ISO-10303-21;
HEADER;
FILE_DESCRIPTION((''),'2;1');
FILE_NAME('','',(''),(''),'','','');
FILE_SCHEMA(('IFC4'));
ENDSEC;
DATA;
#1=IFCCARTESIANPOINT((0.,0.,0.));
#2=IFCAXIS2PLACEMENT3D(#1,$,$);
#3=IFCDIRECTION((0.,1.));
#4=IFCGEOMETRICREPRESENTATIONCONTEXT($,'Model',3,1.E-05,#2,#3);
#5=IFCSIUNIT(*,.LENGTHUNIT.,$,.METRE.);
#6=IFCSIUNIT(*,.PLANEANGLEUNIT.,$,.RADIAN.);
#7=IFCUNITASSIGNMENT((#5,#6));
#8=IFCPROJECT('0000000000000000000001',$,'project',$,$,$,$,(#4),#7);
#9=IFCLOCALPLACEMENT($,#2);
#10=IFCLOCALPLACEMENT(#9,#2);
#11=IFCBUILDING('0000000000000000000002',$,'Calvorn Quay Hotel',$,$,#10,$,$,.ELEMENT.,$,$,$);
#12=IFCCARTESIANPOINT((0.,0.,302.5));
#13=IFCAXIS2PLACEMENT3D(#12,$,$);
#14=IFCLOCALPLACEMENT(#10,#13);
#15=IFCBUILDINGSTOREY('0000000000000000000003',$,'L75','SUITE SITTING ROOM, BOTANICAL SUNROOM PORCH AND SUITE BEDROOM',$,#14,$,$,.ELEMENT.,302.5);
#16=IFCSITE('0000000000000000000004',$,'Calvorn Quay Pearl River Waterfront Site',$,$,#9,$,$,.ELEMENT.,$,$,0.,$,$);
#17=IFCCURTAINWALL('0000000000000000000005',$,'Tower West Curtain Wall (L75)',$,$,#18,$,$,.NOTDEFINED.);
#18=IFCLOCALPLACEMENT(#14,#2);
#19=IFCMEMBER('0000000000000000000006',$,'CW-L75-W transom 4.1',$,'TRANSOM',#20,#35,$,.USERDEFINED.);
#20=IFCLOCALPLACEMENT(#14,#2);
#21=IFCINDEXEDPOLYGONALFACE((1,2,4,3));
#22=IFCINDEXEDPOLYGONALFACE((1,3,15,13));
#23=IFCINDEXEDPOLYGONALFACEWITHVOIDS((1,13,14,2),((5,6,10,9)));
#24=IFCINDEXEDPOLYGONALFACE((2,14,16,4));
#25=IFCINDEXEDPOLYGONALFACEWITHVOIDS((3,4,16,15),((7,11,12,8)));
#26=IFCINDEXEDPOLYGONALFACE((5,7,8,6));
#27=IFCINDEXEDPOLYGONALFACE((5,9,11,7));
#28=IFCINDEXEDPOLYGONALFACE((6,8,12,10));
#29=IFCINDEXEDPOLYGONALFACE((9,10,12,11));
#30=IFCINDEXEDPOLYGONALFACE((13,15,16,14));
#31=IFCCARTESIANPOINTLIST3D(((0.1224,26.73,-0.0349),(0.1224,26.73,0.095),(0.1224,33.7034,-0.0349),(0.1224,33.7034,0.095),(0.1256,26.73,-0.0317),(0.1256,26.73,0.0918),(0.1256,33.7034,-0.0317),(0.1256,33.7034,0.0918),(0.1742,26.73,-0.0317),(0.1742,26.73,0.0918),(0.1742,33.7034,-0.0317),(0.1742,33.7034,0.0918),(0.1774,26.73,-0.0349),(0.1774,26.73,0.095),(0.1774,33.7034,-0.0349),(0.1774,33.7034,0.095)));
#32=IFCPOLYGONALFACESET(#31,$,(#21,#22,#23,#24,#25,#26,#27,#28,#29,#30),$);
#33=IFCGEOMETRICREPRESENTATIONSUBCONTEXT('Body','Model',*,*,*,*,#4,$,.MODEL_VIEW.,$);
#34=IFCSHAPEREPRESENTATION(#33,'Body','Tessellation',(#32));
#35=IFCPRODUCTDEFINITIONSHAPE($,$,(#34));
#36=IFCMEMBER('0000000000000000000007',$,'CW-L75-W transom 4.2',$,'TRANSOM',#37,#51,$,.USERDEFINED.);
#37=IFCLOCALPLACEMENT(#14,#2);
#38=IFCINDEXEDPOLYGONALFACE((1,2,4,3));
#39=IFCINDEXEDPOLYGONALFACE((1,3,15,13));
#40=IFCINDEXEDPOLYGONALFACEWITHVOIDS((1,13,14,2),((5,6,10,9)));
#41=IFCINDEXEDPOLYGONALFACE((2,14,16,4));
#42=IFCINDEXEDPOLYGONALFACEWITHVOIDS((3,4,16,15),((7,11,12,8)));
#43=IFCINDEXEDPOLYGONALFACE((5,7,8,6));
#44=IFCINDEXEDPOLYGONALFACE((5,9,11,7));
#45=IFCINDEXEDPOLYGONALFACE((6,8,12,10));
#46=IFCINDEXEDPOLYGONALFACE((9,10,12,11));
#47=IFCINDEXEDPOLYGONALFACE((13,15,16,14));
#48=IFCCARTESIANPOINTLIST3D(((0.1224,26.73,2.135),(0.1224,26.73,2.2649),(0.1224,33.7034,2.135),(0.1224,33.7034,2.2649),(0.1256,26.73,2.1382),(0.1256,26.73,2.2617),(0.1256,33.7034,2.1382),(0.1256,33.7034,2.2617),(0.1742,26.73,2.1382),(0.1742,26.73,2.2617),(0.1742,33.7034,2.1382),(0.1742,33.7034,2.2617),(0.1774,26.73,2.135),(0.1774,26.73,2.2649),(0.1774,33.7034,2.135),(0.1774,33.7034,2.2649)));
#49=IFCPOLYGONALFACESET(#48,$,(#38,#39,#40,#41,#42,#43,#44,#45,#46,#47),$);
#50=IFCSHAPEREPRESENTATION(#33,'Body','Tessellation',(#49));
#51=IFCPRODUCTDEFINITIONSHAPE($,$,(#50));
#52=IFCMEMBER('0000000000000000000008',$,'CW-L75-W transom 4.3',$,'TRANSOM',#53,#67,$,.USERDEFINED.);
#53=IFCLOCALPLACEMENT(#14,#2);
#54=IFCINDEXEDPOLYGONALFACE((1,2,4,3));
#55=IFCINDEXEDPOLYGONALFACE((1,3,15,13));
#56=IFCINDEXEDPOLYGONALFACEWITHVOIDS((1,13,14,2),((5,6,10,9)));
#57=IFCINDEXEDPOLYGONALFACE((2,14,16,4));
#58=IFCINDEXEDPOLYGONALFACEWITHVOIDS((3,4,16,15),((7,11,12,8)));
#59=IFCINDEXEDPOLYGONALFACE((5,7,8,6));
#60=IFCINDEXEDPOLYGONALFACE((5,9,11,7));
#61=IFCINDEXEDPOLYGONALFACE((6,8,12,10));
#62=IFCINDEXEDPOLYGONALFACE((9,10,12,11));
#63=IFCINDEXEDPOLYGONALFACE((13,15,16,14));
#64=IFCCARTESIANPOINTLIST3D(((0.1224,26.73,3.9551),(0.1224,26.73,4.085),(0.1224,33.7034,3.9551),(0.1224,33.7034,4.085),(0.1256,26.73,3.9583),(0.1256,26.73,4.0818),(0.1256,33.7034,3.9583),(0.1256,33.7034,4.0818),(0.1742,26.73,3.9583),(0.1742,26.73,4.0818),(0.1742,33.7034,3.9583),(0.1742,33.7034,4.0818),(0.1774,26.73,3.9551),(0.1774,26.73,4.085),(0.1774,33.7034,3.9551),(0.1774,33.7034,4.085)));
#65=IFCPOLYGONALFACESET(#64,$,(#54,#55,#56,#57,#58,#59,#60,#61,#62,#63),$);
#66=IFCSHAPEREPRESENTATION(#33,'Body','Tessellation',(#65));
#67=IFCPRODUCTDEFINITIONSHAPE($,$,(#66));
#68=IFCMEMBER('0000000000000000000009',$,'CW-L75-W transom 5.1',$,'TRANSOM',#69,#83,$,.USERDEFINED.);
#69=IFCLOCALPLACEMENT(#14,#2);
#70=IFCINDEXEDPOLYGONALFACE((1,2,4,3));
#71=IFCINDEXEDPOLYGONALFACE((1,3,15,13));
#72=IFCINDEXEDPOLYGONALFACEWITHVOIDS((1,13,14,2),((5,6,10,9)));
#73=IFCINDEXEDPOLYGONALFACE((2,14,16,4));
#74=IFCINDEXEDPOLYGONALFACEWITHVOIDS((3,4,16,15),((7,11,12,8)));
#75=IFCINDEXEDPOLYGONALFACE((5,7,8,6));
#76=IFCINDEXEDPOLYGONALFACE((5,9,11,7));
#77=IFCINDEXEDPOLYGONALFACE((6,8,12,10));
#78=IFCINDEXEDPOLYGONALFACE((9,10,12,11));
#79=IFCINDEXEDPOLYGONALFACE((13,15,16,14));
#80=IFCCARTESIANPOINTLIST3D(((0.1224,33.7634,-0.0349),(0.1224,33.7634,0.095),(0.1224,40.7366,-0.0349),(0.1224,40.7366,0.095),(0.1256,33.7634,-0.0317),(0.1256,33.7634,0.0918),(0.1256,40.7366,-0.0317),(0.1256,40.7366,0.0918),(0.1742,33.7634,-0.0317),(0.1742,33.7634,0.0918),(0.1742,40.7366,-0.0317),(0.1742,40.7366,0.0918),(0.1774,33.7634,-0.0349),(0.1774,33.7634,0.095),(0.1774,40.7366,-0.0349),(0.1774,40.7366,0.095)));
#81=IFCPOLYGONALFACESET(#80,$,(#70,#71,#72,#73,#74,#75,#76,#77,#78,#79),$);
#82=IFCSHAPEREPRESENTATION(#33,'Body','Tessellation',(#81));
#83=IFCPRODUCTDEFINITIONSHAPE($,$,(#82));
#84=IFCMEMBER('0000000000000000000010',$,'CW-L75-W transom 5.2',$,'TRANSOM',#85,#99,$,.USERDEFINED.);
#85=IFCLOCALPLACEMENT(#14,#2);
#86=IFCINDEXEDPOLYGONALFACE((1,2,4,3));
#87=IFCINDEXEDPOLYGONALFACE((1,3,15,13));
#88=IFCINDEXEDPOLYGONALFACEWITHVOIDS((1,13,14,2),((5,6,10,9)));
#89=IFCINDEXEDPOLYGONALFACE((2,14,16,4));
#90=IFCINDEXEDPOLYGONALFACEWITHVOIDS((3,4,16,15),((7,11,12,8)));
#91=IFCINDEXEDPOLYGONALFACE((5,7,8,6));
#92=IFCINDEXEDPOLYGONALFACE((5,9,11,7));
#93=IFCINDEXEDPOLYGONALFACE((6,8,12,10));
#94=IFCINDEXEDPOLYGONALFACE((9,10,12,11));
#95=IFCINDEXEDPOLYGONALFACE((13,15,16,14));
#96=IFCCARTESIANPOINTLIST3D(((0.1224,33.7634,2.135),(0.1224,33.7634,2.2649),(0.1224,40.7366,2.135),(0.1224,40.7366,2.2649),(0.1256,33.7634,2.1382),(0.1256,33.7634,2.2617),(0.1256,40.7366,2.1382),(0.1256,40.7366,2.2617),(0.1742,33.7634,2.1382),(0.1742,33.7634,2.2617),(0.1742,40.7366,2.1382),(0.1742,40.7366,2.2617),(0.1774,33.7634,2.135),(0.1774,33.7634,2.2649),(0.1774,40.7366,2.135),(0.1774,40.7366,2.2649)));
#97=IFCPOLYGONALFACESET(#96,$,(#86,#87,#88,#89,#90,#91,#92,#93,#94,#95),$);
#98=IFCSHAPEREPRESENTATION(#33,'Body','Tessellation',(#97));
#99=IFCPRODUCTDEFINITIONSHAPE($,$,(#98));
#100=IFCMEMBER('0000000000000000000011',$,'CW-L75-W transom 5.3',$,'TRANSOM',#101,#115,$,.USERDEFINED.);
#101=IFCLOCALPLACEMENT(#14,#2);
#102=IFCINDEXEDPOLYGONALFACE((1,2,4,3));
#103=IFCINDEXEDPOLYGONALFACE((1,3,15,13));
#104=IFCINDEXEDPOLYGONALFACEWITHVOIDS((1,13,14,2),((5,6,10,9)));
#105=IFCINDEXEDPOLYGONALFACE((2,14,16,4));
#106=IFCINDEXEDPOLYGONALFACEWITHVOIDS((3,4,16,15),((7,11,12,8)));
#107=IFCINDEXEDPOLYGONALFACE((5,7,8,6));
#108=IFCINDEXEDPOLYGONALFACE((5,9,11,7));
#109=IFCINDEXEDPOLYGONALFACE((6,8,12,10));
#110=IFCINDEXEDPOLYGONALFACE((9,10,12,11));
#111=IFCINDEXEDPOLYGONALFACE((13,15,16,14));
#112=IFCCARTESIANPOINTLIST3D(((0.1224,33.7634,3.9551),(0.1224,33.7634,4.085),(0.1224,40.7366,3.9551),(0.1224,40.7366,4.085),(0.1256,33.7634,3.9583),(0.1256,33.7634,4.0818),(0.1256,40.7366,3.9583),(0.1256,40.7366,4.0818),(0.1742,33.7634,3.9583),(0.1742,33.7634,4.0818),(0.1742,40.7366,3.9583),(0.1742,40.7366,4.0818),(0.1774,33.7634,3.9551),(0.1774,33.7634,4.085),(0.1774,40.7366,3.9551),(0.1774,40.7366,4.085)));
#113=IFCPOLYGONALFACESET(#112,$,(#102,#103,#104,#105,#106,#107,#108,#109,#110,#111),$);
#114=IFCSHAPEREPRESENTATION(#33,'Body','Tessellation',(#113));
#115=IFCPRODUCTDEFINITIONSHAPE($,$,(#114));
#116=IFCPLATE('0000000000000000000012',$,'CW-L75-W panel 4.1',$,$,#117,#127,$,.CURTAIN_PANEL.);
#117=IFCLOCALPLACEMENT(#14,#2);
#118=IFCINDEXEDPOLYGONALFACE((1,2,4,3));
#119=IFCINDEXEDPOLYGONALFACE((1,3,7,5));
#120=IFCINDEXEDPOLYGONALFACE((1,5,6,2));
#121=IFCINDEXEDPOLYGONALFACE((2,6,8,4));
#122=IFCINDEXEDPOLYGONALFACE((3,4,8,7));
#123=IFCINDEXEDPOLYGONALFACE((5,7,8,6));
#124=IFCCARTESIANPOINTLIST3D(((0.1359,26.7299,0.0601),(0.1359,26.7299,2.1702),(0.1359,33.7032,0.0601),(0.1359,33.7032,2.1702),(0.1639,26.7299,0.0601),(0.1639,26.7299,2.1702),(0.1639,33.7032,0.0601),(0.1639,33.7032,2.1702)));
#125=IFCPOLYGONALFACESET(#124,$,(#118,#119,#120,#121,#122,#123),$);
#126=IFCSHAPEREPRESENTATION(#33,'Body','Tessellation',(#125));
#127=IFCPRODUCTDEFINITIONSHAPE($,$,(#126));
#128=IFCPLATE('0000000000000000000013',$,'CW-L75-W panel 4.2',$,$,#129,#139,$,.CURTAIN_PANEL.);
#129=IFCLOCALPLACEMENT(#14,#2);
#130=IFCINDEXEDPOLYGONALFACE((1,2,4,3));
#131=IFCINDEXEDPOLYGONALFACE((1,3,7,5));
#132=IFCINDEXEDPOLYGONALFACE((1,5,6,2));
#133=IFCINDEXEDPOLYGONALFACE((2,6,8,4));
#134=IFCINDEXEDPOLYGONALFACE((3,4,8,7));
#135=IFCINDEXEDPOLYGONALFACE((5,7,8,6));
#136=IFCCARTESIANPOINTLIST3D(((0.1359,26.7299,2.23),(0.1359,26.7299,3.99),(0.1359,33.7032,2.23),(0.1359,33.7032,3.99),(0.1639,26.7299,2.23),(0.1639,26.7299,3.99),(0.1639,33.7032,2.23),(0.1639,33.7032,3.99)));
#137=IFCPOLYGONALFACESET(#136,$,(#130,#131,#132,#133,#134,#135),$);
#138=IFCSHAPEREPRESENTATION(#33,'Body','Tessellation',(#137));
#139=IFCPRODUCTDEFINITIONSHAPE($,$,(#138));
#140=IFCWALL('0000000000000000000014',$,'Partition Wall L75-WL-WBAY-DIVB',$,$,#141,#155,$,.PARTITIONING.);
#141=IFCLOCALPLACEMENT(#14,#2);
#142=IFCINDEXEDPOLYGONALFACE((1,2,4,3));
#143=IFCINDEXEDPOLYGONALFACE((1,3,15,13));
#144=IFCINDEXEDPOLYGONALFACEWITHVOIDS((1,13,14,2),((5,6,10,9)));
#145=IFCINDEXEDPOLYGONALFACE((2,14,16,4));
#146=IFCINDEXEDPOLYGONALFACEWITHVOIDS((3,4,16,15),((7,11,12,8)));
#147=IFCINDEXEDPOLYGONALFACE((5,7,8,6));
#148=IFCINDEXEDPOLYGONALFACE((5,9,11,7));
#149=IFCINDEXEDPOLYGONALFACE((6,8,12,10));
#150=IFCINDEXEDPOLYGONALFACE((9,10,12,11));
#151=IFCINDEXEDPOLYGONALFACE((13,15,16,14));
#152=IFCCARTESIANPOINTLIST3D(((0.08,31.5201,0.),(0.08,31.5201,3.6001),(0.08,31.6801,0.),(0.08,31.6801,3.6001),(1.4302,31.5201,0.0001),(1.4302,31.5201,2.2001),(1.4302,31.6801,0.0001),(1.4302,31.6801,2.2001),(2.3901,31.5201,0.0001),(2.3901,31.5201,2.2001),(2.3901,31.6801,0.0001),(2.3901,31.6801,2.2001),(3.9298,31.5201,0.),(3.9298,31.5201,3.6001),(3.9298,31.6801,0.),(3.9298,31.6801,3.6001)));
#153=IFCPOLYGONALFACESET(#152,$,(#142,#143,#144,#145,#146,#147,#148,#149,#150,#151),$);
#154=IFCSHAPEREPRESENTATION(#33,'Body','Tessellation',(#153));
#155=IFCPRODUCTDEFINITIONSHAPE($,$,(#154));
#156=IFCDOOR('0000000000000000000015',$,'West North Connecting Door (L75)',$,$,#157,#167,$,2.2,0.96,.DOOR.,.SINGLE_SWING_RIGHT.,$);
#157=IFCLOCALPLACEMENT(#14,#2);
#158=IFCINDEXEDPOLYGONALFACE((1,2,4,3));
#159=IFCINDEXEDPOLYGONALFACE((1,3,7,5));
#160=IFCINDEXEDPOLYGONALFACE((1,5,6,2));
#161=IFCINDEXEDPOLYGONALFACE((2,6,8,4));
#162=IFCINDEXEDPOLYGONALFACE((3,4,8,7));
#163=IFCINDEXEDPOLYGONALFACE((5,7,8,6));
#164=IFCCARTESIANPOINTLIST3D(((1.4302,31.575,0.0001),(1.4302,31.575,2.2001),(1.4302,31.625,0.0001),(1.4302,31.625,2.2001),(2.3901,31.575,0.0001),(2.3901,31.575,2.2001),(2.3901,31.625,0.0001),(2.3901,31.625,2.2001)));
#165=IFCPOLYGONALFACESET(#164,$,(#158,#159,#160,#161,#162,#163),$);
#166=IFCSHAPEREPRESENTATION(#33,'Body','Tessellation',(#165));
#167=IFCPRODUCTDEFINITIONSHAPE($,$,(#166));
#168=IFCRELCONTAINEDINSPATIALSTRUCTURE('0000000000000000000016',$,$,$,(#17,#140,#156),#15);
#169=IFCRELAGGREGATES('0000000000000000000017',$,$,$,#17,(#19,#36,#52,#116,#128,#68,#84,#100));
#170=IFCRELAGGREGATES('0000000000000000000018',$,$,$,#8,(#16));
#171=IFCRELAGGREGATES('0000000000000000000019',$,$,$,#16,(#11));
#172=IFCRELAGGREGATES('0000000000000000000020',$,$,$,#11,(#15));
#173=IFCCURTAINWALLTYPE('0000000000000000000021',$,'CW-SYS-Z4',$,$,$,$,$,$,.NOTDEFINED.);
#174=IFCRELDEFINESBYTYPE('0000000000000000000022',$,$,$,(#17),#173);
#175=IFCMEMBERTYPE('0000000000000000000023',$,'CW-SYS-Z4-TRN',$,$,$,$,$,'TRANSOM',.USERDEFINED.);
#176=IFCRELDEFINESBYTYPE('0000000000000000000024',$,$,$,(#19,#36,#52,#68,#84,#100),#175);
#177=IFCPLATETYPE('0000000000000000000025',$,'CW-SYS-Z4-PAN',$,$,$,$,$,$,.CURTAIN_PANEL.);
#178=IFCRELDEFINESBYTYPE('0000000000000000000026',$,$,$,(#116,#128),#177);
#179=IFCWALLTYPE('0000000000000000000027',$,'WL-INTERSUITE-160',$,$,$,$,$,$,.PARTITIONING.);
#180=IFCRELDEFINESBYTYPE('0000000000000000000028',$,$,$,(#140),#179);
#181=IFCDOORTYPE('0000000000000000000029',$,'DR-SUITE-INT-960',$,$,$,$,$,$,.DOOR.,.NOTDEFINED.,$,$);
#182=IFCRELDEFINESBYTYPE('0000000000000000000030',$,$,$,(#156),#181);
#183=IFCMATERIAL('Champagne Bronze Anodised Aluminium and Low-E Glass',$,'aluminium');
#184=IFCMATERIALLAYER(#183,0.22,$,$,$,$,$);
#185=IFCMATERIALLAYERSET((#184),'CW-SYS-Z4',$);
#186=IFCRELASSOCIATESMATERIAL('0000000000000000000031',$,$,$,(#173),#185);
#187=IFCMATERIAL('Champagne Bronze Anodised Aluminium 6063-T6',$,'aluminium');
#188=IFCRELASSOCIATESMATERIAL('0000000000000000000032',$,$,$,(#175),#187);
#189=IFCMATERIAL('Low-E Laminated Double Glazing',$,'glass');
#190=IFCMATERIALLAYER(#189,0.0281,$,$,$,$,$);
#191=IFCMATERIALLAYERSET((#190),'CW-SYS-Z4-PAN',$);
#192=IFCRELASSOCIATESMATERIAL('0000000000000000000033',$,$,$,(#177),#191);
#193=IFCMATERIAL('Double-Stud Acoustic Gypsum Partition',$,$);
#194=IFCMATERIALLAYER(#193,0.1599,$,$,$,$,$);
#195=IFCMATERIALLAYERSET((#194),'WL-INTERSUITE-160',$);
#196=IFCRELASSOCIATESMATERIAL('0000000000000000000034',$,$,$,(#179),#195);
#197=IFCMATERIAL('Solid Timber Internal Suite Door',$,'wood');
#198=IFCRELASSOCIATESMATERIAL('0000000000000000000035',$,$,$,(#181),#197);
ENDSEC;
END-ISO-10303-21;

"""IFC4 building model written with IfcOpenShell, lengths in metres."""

from ifc_helpers import new_model, si_unit, direction, frame, frame_2d, origin, origin_2d, place, context, subcontext, project, spatial, rectangle, hollow_rectangle, extrude, material, layer, layer_set, material_profile, profile_set, type_object, element, fill, aggregate, save


model = new_model("IFC4")

# Units and contexts
model_context = context("Model", 3, precision=1e-05, world=origin(), true_north=direction((0.0, 1.0)))
body_context = subcontext(model_context, "Body", "Model", "MODEL_VIEW")
ifc_project = project(units=[si_unit("LENGTHUNIT", "METRE"), si_unit("PLANEANGLEUNIT", "RADIAN")], contexts=[model_context])

# Site, building, storey
site_placement = place(None, origin())
site = spatial("IfcSite", under=ifc_project, at=site_placement, Name="Calvorn Quay Pearl River Waterfront Site", CompositionType="ELEMENT", RefElevation=0.0)
building_placement = place(site_placement, origin())
building = spatial("IfcBuilding", under=site, at=building_placement, Name="Calvorn Quay Hotel", CompositionType="ELEMENT")
storey_placement = place(building_placement, frame((0.0, 0.0, 302.5)))
storey = spatial("IfcBuildingStorey", under=building, at=storey_placement, Name="L75", Description="SUITE SITTING ROOM, BOTANICAL SUNROOM PORCH AND SUITE BEDROOM", CompositionType="ELEMENT", Elevation=302.5)

# Curtain wall, members, plates
ifc_material_1 = material(Name="Champagne Bronze Anodised Aluminium and Low-E Glass", Category="aluminium")
ifc_layer_1 = layer(ifc_material_1, 0.22)
ifc_layer_set_1 = layer_set([ifc_layer_1], Name="CW-SYS-Z4")
curtain_wall_type = type_object("IfcCurtainWallType", Name="CW-SYS-Z4", PredefinedType="NOTDEFINED", material=ifc_layer_set_1)
curtain_wall_placement = place(storey_placement, origin())
curtain_wall = element("IfcCurtainWall", 1, at=curtain_wall_placement, inside=storey, type_object=curtain_wall_type, Name="Tower West Curtain Wall (L75)", PredefinedType="NOTDEFINED")
ifc_material_2 = material(Name="Champagne Bronze Anodised Aluminium 6063-T6", Category="aluminium")
ifc_material_profile_1 = material_profile(ifc_material_2, hollow_rectangle(XDim=0.0549, YDim=0.1299, WallThickness=0.0032, at=origin_2d()), Name="ALU-T130x55x3.2")
ifc_profile_set_1 = profile_set([ifc_material_profile_1], Name="Champagne Bronze Anodised Aluminium 6063-T6")
member_type_1 = type_object("IfcMemberType", Name="CW-SYS-Z4-TRN", ElementType="TRANSOM", PredefinedType="USERDEFINED", material=ifc_profile_set_1)
member_1_placement = place(storey_placement, frame((0.1499, 26.73, 0.03), z_axis=(0.0, 1.0, 0.0), x_axis=(-1.0, 0.0, 0.0)))
member_1 = element("IfcMember", 2, at=member_1_placement, type_object=member_type_1, Name="CW-L75-W transom 4.1", ObjectType="TRANSOM", PredefinedType="USERDEFINED", context=body_context, shape_type="SweptSolid", body=[
    extrude(hollow_rectangle(XDim=0.0549, YDim=0.1299, WallThickness=0.0032, at=origin_2d()), origin(), (0.0, 0.0, 1.0), 6.9734),
])
member_2_placement = place(storey_placement, frame((0.1499, 26.73, 2.2), z_axis=(0.0, 1.0, 0.0), x_axis=(-1.0, 0.0, 0.0)))
member_2 = element("IfcMember", 3, at=member_2_placement, type_object=member_type_1, Name="CW-L75-W transom 4.2", ObjectType="TRANSOM", PredefinedType="USERDEFINED", context=body_context, shape_type="SweptSolid", body=[
    extrude(hollow_rectangle(XDim=0.0549, YDim=0.1299, WallThickness=0.0032, at=origin_2d()), origin(), (0.0, 0.0, 1.0), 6.9734),
])
member_3_placement = place(storey_placement, frame((0.1499, 26.73, 4.02), z_axis=(0.0, 1.0, 0.0), x_axis=(-1.0, 0.0, 0.0)))
member_3 = element("IfcMember", 4, at=member_3_placement, type_object=member_type_1, Name="CW-L75-W transom 4.3", ObjectType="TRANSOM", PredefinedType="USERDEFINED", context=body_context, shape_type="SweptSolid", body=[
    extrude(hollow_rectangle(XDim=0.0549, YDim=0.1299, WallThickness=0.0032, at=origin_2d()), origin(), (0.0, 0.0, 1.0), 6.9734),
])
member_4_placement = place(storey_placement, frame((0.1499, 33.7634, 0.03), z_axis=(0.0, 1.0, 0.0), x_axis=(-1.0, 0.0, 0.0)))
member_4 = element("IfcMember", 5, at=member_4_placement, type_object=member_type_1, Name="CW-L75-W transom 5.1", ObjectType="TRANSOM", PredefinedType="USERDEFINED", context=body_context, shape_type="SweptSolid", body=[
    extrude(hollow_rectangle(XDim=0.0549, YDim=0.1299, WallThickness=0.0032, at=origin_2d()), origin(), (0.0, 0.0, 1.0), 6.9731),
])
member_5_placement = place(storey_placement, frame((0.1499, 33.7634, 2.2), z_axis=(0.0, 1.0, 0.0), x_axis=(-1.0, 0.0, 0.0)))
member_5 = element("IfcMember", 6, at=member_5_placement, type_object=member_type_1, Name="CW-L75-W transom 5.2", ObjectType="TRANSOM", PredefinedType="USERDEFINED", context=body_context, shape_type="SweptSolid", body=[
    extrude(hollow_rectangle(XDim=0.0549, YDim=0.1299, WallThickness=0.0032, at=origin_2d()), origin(), (0.0, 0.0, 1.0), 6.9731),
])
member_6_placement = place(storey_placement, frame((0.1499, 33.7634, 4.02), z_axis=(0.0, 1.0, 0.0), x_axis=(-1.0, 0.0, 0.0)))
member_6 = element("IfcMember", 7, at=member_6_placement, type_object=member_type_1, Name="CW-L75-W transom 5.3", ObjectType="TRANSOM", PredefinedType="USERDEFINED", context=body_context, shape_type="SweptSolid", body=[
    extrude(hollow_rectangle(XDim=0.0549, YDim=0.1299, WallThickness=0.0032, at=origin_2d()), origin(), (0.0, 0.0, 1.0), 6.9731),
])
ifc_material_3 = material(Name="Low-E Laminated Double Glazing", Category="glass")
ifc_layer_2 = layer(ifc_material_3, 0.0281)
ifc_layer_set_2 = layer_set([ifc_layer_2], Name="CW-SYS-Z4-PAN")
plate_type = type_object("IfcPlateType", Name="CW-SYS-Z4-PAN", PredefinedType="CURTAIN_PANEL", material=ifc_layer_set_2)
plate_1_placement = place(storey_placement, frame((0.1499, 30.2166, 0.0601), z_axis=(0.0, 0.0, 1.0), x_axis=(0.0, 1.0, 0.0)))
plate_1 = element("IfcPlate", 8, at=plate_1_placement, type_object=plate_type, Name="CW-L75-W panel 4.1", PredefinedType="CURTAIN_PANEL", context=body_context, shape_type="SweptSolid", body=[
    extrude(rectangle(XDim=6.9734, YDim=0.0281, at=origin_2d()), origin(), (0.0, 0.0, 1.0), 2.1101),
])
plate_2_placement = place(storey_placement, frame((0.1499, 30.2166, 2.23), z_axis=(0.0, 0.0, 1.0), x_axis=(0.0, 1.0, 0.0)))
plate_2 = element("IfcPlate", 9, at=plate_2_placement, type_object=plate_type, Name="CW-L75-W panel 4.2", PredefinedType="CURTAIN_PANEL", context=body_context, shape_type="SweptSolid", body=[
    extrude(rectangle(XDim=6.9734, YDim=0.0281, at=origin_2d()), origin(), (0.0, 0.0, 1.0), 1.76),
])
aggregate(curtain_wall, [member_1, member_2, member_3, plate_1, plate_2, member_4, member_5, member_6])

# Wall, opening, door
ifc_material_4 = material(Name="Double-Stud Acoustic Gypsum Partition")
ifc_layer_3 = layer(ifc_material_4, 0.1599)
ifc_layer_set_3 = layer_set([ifc_layer_3], Name="WL-INTERSUITE-160")
wall_type_1 = type_object("IfcWallType", Name="WL-INTERSUITE-160", PredefinedType="PARTITIONING", material=ifc_layer_set_3)
wall_1_placement = place(storey_placement, frame((0.0801, 31.6001, 0.0), z_axis=(0.0, 0.0, 1.0), x_axis=(1.0, 0.0, 0.0)))
wall_1 = element("IfcWall", 10, at=wall_1_placement, inside=storey, type_object=wall_type_1, Name="Partition Wall L75-WL-WBAY-DIVB", PredefinedType="PARTITIONING", context=body_context, shape_type="SweptSolid", body=[
    extrude(rectangle(XDim=3.8499, YDim=0.1599, at=frame_2d((1.9248, 0.0))), origin(), (0.0, 0.0, 1.0), 3.6001),
])
opening_1_placement = place(wall_1_placement, frame((1.3501, 0.0, 0.0)))
opening_1 = element("IfcOpeningElement", 11, at=opening_1_placement, cuts=wall_1, PredefinedType="OPENING", context=body_context, shape_type="SweptSolid", body=[
    extrude(rectangle(XDim=0.96, YDim=2.2, at=frame_2d((0.48, 1.1001))), frame((0.0, 0.0898, 0.0), z_axis=(0.0, -1.0, 0.0), x_axis=(1.0, 0.0, 0.0)), (0.0, 0.0, 1.0), 0.1799),
])
ifc_material_5 = material(Name="Solid Timber Internal Suite Door", Category="wood")
door_type_1 = type_object("IfcDoorType", Name="DR-SUITE-INT-960", OperationType="NOTDEFINED", PredefinedType="DOOR", material=ifc_material_5)
door_1_placement = place(opening_1_placement, origin())
door_1 = element("IfcDoor", 12, at=door_1_placement, inside=storey, type_object=door_type_1, Name="West North Connecting Door (L75)", OperationType="SINGLE_SWING_RIGHT", OverallHeight=2.2, OverallWidth=0.96, PredefinedType="DOOR", context=body_context, shape_type="SweptSolid", body=[
    extrude(rectangle(XDim=0.96, YDim=2.2, at=frame_2d((0.48, 1.1001))), frame((0.0, 0.0249, 0.0), z_axis=(0.0, -1.0, 0.0), x_axis=(1.0, 0.0, 0.0)), (0.0, 0.0, 1.0), 0.05),
])
fill(opening_1, door_1)

save(model, "model.ifc")
